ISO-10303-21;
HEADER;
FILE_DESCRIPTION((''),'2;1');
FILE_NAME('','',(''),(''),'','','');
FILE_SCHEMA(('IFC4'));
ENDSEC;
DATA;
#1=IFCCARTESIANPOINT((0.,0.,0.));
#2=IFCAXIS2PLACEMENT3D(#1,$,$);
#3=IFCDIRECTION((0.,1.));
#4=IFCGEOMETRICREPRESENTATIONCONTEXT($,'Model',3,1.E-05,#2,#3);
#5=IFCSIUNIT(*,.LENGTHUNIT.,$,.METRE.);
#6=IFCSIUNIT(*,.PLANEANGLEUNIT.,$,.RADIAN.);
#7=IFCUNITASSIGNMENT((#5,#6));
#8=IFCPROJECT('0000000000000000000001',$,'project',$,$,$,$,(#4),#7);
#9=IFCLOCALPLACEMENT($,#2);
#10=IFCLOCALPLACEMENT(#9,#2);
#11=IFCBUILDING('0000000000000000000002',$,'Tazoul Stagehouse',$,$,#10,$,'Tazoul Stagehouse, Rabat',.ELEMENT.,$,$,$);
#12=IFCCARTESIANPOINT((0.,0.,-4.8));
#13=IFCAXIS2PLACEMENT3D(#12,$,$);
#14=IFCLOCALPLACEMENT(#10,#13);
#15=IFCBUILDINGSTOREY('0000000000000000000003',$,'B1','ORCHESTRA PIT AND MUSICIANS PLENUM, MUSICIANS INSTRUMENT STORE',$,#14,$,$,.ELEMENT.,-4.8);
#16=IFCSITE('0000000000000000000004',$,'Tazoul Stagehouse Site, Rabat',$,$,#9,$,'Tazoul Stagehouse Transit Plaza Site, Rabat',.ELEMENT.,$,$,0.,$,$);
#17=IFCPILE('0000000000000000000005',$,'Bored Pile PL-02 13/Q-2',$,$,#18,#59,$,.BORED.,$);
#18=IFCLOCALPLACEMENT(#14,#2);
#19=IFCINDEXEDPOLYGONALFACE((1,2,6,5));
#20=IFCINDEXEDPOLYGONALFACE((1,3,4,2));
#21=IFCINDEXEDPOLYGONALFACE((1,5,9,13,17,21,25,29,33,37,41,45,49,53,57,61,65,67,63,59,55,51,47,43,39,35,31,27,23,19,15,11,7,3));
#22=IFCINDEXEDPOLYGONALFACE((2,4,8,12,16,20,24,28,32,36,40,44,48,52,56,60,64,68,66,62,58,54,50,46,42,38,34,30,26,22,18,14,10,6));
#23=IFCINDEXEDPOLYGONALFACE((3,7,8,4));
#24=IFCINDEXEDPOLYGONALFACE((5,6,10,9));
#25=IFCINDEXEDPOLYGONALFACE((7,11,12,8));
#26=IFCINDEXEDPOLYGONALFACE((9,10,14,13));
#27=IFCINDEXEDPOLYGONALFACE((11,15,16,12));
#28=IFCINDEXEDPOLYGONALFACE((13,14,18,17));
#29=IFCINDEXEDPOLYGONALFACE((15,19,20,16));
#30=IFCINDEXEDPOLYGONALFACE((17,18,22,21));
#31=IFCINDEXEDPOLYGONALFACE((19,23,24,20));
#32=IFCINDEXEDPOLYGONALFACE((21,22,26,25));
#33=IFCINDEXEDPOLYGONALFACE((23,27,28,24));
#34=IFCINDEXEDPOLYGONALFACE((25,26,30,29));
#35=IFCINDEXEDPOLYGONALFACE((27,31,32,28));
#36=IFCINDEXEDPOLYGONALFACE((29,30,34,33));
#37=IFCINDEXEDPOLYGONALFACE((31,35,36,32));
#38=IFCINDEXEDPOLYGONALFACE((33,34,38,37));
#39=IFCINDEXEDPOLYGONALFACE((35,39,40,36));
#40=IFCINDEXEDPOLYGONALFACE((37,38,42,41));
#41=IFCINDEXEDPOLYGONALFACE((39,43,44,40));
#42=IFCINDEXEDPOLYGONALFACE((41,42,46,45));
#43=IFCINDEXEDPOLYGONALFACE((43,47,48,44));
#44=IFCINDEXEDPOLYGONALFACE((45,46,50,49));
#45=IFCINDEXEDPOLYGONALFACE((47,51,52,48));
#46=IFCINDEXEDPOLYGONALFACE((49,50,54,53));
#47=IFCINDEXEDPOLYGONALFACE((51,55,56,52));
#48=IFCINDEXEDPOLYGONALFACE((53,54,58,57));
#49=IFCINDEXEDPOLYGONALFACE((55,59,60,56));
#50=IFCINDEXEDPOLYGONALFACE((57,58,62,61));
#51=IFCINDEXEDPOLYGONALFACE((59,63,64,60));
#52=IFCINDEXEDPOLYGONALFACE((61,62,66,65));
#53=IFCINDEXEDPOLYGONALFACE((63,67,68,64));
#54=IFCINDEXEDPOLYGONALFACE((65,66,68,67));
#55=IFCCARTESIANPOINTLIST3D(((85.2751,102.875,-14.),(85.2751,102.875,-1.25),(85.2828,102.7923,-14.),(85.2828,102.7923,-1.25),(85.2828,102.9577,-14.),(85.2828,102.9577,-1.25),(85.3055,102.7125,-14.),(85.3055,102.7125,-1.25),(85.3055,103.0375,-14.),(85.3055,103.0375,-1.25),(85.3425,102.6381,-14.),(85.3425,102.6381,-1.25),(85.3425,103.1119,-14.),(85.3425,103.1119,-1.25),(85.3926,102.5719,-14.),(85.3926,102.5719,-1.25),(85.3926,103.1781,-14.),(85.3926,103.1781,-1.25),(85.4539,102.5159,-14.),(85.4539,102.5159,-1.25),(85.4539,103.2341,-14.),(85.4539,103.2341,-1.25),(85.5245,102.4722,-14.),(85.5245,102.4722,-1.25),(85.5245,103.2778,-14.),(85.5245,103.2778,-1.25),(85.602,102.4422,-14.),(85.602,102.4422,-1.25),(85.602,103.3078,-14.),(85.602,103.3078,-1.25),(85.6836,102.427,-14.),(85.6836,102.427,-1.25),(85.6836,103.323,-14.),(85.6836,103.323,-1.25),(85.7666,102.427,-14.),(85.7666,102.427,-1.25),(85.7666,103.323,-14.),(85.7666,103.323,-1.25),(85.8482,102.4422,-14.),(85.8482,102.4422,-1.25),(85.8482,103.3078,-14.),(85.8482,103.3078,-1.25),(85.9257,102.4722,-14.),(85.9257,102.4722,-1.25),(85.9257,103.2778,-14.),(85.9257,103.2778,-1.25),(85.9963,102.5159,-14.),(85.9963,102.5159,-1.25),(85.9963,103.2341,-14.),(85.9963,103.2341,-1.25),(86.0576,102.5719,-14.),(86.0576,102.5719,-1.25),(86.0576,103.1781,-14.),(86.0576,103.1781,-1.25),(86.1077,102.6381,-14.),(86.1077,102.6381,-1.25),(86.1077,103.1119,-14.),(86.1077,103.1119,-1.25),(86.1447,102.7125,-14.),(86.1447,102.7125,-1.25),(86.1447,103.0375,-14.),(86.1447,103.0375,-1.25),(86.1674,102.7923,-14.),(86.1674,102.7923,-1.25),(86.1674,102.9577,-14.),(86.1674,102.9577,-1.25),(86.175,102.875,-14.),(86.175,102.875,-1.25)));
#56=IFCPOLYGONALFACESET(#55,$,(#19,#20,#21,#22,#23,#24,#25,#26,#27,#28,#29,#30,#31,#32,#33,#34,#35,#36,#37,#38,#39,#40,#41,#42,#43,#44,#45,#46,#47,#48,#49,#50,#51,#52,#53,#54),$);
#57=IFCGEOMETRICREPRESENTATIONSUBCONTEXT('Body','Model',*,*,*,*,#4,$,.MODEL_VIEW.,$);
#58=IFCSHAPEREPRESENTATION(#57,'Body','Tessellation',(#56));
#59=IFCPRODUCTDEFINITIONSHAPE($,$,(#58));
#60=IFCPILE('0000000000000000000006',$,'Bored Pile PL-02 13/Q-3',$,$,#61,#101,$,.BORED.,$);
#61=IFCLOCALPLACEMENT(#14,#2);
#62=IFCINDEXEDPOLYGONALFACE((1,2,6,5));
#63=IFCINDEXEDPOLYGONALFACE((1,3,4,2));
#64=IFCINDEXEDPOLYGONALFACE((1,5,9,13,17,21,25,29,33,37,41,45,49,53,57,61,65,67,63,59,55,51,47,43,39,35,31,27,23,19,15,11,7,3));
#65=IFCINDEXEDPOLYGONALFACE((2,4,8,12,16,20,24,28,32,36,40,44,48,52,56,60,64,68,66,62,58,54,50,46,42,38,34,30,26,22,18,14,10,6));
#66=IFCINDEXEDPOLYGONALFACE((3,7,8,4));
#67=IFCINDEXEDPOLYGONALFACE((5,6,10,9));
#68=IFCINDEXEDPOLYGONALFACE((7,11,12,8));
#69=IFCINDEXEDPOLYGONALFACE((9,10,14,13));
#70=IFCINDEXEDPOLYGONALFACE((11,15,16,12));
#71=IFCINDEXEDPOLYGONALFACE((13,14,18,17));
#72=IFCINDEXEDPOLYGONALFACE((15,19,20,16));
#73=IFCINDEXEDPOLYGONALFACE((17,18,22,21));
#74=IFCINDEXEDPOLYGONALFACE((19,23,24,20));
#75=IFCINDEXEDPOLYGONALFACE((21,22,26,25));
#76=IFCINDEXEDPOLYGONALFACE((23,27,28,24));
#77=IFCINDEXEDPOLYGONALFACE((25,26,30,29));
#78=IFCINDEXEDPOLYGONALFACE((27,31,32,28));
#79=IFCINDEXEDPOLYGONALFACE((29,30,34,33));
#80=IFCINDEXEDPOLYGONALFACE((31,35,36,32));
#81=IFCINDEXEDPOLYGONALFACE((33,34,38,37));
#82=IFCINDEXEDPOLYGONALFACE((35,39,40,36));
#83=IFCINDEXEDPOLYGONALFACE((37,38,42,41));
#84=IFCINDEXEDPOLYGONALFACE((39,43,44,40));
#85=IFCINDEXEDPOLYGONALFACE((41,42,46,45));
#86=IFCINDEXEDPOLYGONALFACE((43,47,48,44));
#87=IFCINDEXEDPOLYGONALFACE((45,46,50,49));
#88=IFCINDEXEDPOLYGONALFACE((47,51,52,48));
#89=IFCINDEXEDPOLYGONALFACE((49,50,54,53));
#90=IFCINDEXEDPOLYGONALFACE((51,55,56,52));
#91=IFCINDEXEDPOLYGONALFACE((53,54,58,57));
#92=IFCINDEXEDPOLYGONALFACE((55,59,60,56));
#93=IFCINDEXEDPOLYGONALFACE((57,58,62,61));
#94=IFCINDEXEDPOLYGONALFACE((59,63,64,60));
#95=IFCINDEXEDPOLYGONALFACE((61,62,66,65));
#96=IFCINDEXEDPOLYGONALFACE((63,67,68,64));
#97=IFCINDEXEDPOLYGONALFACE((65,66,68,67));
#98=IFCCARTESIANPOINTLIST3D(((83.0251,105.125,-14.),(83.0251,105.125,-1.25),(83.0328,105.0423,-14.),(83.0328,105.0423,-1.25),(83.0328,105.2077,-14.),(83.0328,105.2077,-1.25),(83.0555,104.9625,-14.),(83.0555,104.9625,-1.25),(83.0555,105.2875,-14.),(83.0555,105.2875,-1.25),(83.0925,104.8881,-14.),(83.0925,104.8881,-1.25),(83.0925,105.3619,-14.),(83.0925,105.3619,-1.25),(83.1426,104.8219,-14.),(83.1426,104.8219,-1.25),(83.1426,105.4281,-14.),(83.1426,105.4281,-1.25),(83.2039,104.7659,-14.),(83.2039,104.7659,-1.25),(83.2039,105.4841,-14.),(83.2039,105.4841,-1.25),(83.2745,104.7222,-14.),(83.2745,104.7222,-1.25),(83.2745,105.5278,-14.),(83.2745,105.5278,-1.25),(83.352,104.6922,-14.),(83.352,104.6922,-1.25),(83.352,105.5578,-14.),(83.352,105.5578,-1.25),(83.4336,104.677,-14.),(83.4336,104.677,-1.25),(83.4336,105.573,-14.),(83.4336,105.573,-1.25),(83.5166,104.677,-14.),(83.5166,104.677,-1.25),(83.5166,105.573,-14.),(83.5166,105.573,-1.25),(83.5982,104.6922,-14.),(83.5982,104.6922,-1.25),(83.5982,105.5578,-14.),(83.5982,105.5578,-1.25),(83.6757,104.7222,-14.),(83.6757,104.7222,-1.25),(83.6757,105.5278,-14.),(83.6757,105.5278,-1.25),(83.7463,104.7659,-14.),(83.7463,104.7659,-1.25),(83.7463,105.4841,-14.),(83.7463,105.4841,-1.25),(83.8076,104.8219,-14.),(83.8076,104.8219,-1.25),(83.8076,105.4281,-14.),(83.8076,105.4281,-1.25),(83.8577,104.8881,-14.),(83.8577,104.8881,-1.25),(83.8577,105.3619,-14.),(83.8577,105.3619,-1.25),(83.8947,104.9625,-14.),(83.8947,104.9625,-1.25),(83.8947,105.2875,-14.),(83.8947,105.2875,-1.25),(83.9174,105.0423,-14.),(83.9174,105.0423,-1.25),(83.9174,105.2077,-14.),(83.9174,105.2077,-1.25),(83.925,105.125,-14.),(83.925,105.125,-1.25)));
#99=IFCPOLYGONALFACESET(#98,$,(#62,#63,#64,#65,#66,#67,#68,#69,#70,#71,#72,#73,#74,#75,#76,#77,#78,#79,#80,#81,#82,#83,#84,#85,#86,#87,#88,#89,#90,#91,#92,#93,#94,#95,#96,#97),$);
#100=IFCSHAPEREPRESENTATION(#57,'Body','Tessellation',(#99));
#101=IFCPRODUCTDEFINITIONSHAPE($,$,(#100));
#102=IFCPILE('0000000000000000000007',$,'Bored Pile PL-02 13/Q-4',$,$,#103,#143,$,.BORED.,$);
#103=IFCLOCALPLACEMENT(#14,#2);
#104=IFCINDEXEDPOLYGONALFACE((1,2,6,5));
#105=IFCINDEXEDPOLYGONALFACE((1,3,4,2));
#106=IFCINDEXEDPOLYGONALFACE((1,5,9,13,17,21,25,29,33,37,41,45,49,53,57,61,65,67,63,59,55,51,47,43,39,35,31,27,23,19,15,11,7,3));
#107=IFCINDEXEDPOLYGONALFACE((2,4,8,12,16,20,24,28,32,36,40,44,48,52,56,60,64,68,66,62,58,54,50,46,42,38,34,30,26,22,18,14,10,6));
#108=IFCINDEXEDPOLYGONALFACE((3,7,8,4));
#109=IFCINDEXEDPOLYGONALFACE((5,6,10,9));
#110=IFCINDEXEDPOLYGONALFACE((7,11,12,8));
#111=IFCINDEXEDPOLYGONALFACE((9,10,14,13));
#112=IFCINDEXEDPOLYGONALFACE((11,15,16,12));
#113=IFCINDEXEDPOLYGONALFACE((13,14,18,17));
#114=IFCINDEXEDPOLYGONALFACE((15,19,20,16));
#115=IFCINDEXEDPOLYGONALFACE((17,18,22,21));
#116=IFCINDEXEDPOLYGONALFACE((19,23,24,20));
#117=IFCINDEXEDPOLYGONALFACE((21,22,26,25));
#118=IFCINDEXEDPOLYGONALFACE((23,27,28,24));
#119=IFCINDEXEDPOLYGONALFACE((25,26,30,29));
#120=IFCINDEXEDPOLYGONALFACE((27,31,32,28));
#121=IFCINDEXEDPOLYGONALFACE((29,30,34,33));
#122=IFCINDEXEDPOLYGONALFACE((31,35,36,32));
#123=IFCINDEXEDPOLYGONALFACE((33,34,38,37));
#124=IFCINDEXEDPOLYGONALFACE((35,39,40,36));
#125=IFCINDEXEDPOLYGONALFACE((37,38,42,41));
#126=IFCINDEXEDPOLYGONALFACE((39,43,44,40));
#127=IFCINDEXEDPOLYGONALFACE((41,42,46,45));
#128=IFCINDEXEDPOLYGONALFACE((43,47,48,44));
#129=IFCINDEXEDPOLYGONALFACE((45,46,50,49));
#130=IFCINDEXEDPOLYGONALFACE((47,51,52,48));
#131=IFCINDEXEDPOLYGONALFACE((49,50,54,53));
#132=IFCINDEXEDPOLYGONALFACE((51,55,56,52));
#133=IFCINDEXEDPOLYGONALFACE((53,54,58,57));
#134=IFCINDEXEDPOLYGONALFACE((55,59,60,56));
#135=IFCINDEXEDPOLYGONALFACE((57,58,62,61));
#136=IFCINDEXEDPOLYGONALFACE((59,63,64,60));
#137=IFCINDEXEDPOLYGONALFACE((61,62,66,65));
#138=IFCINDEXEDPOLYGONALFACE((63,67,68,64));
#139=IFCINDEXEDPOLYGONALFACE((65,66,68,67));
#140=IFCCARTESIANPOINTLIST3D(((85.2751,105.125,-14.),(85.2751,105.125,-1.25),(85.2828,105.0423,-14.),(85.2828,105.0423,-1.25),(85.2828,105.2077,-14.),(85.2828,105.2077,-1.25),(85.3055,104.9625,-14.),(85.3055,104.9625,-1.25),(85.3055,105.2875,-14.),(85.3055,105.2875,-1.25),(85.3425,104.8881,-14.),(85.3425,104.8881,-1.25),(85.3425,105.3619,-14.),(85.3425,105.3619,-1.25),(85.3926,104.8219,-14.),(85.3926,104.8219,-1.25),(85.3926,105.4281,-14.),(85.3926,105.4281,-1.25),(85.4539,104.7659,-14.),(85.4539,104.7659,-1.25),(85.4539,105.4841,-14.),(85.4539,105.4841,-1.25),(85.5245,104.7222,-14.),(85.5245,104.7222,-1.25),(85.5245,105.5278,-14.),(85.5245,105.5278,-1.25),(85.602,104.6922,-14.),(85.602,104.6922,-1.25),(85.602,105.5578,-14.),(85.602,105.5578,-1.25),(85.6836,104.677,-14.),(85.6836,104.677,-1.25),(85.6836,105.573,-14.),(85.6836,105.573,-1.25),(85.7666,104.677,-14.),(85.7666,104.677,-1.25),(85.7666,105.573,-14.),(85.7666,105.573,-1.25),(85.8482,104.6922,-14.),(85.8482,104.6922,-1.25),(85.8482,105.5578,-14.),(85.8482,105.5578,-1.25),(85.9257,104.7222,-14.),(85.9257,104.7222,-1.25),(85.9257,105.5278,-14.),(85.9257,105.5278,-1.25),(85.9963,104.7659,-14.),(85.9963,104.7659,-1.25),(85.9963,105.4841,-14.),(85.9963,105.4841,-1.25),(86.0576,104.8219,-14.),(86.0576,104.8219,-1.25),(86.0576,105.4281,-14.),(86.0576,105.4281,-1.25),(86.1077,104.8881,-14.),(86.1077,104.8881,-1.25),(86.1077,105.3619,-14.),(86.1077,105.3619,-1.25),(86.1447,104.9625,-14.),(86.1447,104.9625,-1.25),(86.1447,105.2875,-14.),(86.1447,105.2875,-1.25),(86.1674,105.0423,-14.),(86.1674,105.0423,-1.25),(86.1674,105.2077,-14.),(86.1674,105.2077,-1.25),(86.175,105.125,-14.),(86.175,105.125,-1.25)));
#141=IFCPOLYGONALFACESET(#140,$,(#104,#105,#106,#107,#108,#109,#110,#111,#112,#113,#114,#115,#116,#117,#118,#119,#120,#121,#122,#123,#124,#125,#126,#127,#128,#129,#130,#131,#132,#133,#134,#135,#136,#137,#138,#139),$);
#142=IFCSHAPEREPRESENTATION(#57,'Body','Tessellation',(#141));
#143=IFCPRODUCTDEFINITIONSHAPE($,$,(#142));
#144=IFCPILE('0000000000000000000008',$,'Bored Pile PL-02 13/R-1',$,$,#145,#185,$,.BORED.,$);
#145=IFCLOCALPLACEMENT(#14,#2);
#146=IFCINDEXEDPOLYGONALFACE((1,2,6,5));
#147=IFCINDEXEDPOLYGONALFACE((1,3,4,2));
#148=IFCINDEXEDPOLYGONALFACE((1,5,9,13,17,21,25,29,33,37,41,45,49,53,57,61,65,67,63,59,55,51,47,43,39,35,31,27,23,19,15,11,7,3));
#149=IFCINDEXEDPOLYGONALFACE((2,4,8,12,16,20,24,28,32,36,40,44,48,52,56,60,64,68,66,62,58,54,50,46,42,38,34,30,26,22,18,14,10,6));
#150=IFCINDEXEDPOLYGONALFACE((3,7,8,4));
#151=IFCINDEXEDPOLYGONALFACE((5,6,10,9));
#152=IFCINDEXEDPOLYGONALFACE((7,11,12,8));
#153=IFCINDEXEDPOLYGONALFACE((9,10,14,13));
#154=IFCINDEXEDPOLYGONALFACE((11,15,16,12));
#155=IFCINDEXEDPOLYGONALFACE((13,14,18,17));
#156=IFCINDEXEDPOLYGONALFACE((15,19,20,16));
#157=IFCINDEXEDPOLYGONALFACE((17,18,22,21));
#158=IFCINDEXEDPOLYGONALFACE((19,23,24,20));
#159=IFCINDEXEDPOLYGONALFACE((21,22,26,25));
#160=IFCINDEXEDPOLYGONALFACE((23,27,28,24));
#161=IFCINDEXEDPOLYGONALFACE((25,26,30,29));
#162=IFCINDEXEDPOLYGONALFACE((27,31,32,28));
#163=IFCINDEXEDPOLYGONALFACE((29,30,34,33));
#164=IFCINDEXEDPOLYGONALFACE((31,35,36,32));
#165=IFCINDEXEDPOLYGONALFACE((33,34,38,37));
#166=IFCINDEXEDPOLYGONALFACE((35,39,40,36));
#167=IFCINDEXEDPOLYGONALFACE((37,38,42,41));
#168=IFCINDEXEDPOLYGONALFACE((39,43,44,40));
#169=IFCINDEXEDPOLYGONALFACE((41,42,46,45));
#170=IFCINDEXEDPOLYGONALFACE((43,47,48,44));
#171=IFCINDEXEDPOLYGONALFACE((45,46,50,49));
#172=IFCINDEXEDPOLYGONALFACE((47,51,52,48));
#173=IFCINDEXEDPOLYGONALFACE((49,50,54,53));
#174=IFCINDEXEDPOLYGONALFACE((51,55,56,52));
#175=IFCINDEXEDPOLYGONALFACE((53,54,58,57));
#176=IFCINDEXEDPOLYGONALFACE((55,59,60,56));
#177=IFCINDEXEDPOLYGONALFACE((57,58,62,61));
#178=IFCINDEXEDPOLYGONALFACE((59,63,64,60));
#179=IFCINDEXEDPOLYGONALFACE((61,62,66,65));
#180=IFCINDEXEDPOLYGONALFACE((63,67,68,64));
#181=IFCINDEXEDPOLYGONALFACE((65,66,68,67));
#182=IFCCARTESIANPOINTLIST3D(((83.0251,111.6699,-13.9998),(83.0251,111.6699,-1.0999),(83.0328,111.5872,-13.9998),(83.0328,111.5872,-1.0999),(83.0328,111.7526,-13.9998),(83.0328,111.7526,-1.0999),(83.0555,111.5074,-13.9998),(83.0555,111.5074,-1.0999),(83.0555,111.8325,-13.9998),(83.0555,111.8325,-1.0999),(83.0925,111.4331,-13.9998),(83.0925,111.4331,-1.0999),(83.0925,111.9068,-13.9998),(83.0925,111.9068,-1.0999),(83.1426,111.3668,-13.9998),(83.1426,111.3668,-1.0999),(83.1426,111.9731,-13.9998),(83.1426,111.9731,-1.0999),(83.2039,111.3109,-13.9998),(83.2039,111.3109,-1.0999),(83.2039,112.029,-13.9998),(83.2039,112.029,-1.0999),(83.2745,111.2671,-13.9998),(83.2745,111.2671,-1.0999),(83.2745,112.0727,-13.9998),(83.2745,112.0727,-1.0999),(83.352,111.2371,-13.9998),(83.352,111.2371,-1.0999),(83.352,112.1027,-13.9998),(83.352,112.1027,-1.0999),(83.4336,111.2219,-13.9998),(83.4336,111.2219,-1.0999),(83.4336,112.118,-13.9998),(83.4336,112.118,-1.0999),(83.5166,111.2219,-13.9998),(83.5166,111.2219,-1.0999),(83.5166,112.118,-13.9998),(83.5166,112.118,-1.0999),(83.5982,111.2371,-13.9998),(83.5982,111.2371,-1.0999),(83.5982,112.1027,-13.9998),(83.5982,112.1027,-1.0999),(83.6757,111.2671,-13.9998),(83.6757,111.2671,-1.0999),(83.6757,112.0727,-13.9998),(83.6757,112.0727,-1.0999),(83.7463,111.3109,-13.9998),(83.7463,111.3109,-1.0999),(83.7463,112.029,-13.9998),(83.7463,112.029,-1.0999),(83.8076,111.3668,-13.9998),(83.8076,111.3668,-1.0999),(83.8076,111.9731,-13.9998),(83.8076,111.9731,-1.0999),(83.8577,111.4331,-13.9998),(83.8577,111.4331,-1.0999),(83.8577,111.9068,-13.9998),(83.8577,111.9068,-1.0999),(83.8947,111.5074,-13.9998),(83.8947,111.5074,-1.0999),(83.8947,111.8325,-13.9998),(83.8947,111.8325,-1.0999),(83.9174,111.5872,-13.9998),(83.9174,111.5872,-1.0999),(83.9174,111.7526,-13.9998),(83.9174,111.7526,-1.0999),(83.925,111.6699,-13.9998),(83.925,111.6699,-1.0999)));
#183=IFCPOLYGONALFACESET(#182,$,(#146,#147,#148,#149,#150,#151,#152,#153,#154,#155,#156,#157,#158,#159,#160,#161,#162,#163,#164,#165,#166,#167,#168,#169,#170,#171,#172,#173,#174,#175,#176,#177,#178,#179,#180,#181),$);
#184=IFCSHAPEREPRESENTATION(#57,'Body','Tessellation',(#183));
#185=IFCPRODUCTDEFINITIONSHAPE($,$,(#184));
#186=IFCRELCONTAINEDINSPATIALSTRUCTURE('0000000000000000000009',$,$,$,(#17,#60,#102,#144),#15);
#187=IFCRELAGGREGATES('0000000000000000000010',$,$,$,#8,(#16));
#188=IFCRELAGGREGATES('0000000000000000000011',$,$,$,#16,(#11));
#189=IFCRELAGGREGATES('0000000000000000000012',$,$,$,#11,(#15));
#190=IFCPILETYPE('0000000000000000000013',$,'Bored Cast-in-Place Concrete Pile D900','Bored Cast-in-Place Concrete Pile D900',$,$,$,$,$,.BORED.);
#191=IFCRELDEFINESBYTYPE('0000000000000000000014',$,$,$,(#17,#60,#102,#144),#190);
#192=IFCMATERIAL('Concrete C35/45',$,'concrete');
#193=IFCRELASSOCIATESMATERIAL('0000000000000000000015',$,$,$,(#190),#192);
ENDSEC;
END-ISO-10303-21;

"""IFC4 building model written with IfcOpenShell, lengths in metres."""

from ifc_helpers import new_model, si_unit, direction, frame, origin, origin_2d, place, context, subcontext, project, spatial, circle, extrude, material, material_profile, profile_set, type_object, element, save


model = new_model("IFC4")

# Units and contexts
model_context = context("Model", 3, precision=1e-05, world=origin(), true_north=direction((0.0, 1.0)))
body_context = subcontext(model_context, "Body", "Model", "MODEL_VIEW")
ifc_project = project(units=[si_unit("LENGTHUNIT", "METRE"), si_unit("PLANEANGLEUNIT", "RADIAN")], contexts=[model_context])

# Site, building, storey
site_placement = place(None, origin())
site = spatial("IfcSite", under=ifc_project, at=site_placement, Name="Tazoul Stagehouse Site, Rabat", LongName="Tazoul Stagehouse Transit Plaza Site, Rabat", CompositionType="ELEMENT", RefElevation=0.0)
building_placement = place(site_placement, origin())
building = spatial("IfcBuilding", under=site, at=building_placement, Name="Tazoul Stagehouse", LongName="Tazoul Stagehouse, Rabat", CompositionType="ELEMENT")
storey_placement = place(building_placement, frame((0.0, 0.0, -4.8)))
storey = spatial("IfcBuildingStorey", under=building, at=storey_placement, Name="B1", Description="ORCHESTRA PIT AND MUSICIANS PLENUM, MUSICIANS INSTRUMENT STORE", CompositionType="ELEMENT", Elevation=-4.8)

# Piles
ifc_material_1 = material(Name="Concrete C35/45", Category="concrete")
ifc_material_profile_1 = material_profile(ifc_material_1, circle(Radius=0.45, at=origin_2d()), Name="BORED PILE 900")
ifc_profile_set_1 = profile_set([ifc_material_profile_1], Name="Concrete C35/45")
pile_type = type_object("IfcPileType", Name="Bored Cast-in-Place Concrete Pile D900", Description="Bored Cast-in-Place Concrete Pile D900", PredefinedType="BORED", material=ifc_profile_set_1)
for number, where, z_axis, x_axis, name in (
    (1, (85.7251, 102.875, -1.25), (0.0, 0.0, -1.0), (1.0, 0.0, 0.0), "Bored Pile PL-02 13/Q-2"),
    (2, (83.4751, 105.125, -1.25), (0.0, 0.0, -1.0), (1.0, 0.0, 0.0), "Bored Pile PL-02 13/Q-3"),
    (3, (85.7251, 105.125, -1.25), (0.0, 0.0, -1.0), (1.0, 0.0, 0.0), "Bored Pile PL-02 13/Q-4"),
):
    element("IfcPile", number, at=place(storey_placement, frame(where, z_axis=z_axis, x_axis=x_axis)), inside=storey, type_object=pile_type, Name=name, PredefinedType="BORED", context=body_context, shape_type="SweptSolid", body=[
        extrude(circle(Radius=0.45, at=origin_2d()), origin(), (0.0, 0.0, 1.0), 12.75),
    ])
for number, where, z_axis, x_axis, name in (
    (4, (83.4751, 111.6699, -1.0999), (0.0, 0.0, -1.0), (1.0, 0.0, 0.0), "Bored Pile PL-02 13/R-1"),
):
    element("IfcPile", number, at=place(storey_placement, frame(where, z_axis=z_axis, x_axis=x_axis)), inside=storey, type_object=pile_type, Name=name, PredefinedType="BORED", context=body_context, shape_type="SweptSolid", body=[
        extrude(circle(Radius=0.45, at=origin_2d()), origin(), (0.0, 0.0, 1.0), 12.8999),
    ])

save(model, "model.ifc")
